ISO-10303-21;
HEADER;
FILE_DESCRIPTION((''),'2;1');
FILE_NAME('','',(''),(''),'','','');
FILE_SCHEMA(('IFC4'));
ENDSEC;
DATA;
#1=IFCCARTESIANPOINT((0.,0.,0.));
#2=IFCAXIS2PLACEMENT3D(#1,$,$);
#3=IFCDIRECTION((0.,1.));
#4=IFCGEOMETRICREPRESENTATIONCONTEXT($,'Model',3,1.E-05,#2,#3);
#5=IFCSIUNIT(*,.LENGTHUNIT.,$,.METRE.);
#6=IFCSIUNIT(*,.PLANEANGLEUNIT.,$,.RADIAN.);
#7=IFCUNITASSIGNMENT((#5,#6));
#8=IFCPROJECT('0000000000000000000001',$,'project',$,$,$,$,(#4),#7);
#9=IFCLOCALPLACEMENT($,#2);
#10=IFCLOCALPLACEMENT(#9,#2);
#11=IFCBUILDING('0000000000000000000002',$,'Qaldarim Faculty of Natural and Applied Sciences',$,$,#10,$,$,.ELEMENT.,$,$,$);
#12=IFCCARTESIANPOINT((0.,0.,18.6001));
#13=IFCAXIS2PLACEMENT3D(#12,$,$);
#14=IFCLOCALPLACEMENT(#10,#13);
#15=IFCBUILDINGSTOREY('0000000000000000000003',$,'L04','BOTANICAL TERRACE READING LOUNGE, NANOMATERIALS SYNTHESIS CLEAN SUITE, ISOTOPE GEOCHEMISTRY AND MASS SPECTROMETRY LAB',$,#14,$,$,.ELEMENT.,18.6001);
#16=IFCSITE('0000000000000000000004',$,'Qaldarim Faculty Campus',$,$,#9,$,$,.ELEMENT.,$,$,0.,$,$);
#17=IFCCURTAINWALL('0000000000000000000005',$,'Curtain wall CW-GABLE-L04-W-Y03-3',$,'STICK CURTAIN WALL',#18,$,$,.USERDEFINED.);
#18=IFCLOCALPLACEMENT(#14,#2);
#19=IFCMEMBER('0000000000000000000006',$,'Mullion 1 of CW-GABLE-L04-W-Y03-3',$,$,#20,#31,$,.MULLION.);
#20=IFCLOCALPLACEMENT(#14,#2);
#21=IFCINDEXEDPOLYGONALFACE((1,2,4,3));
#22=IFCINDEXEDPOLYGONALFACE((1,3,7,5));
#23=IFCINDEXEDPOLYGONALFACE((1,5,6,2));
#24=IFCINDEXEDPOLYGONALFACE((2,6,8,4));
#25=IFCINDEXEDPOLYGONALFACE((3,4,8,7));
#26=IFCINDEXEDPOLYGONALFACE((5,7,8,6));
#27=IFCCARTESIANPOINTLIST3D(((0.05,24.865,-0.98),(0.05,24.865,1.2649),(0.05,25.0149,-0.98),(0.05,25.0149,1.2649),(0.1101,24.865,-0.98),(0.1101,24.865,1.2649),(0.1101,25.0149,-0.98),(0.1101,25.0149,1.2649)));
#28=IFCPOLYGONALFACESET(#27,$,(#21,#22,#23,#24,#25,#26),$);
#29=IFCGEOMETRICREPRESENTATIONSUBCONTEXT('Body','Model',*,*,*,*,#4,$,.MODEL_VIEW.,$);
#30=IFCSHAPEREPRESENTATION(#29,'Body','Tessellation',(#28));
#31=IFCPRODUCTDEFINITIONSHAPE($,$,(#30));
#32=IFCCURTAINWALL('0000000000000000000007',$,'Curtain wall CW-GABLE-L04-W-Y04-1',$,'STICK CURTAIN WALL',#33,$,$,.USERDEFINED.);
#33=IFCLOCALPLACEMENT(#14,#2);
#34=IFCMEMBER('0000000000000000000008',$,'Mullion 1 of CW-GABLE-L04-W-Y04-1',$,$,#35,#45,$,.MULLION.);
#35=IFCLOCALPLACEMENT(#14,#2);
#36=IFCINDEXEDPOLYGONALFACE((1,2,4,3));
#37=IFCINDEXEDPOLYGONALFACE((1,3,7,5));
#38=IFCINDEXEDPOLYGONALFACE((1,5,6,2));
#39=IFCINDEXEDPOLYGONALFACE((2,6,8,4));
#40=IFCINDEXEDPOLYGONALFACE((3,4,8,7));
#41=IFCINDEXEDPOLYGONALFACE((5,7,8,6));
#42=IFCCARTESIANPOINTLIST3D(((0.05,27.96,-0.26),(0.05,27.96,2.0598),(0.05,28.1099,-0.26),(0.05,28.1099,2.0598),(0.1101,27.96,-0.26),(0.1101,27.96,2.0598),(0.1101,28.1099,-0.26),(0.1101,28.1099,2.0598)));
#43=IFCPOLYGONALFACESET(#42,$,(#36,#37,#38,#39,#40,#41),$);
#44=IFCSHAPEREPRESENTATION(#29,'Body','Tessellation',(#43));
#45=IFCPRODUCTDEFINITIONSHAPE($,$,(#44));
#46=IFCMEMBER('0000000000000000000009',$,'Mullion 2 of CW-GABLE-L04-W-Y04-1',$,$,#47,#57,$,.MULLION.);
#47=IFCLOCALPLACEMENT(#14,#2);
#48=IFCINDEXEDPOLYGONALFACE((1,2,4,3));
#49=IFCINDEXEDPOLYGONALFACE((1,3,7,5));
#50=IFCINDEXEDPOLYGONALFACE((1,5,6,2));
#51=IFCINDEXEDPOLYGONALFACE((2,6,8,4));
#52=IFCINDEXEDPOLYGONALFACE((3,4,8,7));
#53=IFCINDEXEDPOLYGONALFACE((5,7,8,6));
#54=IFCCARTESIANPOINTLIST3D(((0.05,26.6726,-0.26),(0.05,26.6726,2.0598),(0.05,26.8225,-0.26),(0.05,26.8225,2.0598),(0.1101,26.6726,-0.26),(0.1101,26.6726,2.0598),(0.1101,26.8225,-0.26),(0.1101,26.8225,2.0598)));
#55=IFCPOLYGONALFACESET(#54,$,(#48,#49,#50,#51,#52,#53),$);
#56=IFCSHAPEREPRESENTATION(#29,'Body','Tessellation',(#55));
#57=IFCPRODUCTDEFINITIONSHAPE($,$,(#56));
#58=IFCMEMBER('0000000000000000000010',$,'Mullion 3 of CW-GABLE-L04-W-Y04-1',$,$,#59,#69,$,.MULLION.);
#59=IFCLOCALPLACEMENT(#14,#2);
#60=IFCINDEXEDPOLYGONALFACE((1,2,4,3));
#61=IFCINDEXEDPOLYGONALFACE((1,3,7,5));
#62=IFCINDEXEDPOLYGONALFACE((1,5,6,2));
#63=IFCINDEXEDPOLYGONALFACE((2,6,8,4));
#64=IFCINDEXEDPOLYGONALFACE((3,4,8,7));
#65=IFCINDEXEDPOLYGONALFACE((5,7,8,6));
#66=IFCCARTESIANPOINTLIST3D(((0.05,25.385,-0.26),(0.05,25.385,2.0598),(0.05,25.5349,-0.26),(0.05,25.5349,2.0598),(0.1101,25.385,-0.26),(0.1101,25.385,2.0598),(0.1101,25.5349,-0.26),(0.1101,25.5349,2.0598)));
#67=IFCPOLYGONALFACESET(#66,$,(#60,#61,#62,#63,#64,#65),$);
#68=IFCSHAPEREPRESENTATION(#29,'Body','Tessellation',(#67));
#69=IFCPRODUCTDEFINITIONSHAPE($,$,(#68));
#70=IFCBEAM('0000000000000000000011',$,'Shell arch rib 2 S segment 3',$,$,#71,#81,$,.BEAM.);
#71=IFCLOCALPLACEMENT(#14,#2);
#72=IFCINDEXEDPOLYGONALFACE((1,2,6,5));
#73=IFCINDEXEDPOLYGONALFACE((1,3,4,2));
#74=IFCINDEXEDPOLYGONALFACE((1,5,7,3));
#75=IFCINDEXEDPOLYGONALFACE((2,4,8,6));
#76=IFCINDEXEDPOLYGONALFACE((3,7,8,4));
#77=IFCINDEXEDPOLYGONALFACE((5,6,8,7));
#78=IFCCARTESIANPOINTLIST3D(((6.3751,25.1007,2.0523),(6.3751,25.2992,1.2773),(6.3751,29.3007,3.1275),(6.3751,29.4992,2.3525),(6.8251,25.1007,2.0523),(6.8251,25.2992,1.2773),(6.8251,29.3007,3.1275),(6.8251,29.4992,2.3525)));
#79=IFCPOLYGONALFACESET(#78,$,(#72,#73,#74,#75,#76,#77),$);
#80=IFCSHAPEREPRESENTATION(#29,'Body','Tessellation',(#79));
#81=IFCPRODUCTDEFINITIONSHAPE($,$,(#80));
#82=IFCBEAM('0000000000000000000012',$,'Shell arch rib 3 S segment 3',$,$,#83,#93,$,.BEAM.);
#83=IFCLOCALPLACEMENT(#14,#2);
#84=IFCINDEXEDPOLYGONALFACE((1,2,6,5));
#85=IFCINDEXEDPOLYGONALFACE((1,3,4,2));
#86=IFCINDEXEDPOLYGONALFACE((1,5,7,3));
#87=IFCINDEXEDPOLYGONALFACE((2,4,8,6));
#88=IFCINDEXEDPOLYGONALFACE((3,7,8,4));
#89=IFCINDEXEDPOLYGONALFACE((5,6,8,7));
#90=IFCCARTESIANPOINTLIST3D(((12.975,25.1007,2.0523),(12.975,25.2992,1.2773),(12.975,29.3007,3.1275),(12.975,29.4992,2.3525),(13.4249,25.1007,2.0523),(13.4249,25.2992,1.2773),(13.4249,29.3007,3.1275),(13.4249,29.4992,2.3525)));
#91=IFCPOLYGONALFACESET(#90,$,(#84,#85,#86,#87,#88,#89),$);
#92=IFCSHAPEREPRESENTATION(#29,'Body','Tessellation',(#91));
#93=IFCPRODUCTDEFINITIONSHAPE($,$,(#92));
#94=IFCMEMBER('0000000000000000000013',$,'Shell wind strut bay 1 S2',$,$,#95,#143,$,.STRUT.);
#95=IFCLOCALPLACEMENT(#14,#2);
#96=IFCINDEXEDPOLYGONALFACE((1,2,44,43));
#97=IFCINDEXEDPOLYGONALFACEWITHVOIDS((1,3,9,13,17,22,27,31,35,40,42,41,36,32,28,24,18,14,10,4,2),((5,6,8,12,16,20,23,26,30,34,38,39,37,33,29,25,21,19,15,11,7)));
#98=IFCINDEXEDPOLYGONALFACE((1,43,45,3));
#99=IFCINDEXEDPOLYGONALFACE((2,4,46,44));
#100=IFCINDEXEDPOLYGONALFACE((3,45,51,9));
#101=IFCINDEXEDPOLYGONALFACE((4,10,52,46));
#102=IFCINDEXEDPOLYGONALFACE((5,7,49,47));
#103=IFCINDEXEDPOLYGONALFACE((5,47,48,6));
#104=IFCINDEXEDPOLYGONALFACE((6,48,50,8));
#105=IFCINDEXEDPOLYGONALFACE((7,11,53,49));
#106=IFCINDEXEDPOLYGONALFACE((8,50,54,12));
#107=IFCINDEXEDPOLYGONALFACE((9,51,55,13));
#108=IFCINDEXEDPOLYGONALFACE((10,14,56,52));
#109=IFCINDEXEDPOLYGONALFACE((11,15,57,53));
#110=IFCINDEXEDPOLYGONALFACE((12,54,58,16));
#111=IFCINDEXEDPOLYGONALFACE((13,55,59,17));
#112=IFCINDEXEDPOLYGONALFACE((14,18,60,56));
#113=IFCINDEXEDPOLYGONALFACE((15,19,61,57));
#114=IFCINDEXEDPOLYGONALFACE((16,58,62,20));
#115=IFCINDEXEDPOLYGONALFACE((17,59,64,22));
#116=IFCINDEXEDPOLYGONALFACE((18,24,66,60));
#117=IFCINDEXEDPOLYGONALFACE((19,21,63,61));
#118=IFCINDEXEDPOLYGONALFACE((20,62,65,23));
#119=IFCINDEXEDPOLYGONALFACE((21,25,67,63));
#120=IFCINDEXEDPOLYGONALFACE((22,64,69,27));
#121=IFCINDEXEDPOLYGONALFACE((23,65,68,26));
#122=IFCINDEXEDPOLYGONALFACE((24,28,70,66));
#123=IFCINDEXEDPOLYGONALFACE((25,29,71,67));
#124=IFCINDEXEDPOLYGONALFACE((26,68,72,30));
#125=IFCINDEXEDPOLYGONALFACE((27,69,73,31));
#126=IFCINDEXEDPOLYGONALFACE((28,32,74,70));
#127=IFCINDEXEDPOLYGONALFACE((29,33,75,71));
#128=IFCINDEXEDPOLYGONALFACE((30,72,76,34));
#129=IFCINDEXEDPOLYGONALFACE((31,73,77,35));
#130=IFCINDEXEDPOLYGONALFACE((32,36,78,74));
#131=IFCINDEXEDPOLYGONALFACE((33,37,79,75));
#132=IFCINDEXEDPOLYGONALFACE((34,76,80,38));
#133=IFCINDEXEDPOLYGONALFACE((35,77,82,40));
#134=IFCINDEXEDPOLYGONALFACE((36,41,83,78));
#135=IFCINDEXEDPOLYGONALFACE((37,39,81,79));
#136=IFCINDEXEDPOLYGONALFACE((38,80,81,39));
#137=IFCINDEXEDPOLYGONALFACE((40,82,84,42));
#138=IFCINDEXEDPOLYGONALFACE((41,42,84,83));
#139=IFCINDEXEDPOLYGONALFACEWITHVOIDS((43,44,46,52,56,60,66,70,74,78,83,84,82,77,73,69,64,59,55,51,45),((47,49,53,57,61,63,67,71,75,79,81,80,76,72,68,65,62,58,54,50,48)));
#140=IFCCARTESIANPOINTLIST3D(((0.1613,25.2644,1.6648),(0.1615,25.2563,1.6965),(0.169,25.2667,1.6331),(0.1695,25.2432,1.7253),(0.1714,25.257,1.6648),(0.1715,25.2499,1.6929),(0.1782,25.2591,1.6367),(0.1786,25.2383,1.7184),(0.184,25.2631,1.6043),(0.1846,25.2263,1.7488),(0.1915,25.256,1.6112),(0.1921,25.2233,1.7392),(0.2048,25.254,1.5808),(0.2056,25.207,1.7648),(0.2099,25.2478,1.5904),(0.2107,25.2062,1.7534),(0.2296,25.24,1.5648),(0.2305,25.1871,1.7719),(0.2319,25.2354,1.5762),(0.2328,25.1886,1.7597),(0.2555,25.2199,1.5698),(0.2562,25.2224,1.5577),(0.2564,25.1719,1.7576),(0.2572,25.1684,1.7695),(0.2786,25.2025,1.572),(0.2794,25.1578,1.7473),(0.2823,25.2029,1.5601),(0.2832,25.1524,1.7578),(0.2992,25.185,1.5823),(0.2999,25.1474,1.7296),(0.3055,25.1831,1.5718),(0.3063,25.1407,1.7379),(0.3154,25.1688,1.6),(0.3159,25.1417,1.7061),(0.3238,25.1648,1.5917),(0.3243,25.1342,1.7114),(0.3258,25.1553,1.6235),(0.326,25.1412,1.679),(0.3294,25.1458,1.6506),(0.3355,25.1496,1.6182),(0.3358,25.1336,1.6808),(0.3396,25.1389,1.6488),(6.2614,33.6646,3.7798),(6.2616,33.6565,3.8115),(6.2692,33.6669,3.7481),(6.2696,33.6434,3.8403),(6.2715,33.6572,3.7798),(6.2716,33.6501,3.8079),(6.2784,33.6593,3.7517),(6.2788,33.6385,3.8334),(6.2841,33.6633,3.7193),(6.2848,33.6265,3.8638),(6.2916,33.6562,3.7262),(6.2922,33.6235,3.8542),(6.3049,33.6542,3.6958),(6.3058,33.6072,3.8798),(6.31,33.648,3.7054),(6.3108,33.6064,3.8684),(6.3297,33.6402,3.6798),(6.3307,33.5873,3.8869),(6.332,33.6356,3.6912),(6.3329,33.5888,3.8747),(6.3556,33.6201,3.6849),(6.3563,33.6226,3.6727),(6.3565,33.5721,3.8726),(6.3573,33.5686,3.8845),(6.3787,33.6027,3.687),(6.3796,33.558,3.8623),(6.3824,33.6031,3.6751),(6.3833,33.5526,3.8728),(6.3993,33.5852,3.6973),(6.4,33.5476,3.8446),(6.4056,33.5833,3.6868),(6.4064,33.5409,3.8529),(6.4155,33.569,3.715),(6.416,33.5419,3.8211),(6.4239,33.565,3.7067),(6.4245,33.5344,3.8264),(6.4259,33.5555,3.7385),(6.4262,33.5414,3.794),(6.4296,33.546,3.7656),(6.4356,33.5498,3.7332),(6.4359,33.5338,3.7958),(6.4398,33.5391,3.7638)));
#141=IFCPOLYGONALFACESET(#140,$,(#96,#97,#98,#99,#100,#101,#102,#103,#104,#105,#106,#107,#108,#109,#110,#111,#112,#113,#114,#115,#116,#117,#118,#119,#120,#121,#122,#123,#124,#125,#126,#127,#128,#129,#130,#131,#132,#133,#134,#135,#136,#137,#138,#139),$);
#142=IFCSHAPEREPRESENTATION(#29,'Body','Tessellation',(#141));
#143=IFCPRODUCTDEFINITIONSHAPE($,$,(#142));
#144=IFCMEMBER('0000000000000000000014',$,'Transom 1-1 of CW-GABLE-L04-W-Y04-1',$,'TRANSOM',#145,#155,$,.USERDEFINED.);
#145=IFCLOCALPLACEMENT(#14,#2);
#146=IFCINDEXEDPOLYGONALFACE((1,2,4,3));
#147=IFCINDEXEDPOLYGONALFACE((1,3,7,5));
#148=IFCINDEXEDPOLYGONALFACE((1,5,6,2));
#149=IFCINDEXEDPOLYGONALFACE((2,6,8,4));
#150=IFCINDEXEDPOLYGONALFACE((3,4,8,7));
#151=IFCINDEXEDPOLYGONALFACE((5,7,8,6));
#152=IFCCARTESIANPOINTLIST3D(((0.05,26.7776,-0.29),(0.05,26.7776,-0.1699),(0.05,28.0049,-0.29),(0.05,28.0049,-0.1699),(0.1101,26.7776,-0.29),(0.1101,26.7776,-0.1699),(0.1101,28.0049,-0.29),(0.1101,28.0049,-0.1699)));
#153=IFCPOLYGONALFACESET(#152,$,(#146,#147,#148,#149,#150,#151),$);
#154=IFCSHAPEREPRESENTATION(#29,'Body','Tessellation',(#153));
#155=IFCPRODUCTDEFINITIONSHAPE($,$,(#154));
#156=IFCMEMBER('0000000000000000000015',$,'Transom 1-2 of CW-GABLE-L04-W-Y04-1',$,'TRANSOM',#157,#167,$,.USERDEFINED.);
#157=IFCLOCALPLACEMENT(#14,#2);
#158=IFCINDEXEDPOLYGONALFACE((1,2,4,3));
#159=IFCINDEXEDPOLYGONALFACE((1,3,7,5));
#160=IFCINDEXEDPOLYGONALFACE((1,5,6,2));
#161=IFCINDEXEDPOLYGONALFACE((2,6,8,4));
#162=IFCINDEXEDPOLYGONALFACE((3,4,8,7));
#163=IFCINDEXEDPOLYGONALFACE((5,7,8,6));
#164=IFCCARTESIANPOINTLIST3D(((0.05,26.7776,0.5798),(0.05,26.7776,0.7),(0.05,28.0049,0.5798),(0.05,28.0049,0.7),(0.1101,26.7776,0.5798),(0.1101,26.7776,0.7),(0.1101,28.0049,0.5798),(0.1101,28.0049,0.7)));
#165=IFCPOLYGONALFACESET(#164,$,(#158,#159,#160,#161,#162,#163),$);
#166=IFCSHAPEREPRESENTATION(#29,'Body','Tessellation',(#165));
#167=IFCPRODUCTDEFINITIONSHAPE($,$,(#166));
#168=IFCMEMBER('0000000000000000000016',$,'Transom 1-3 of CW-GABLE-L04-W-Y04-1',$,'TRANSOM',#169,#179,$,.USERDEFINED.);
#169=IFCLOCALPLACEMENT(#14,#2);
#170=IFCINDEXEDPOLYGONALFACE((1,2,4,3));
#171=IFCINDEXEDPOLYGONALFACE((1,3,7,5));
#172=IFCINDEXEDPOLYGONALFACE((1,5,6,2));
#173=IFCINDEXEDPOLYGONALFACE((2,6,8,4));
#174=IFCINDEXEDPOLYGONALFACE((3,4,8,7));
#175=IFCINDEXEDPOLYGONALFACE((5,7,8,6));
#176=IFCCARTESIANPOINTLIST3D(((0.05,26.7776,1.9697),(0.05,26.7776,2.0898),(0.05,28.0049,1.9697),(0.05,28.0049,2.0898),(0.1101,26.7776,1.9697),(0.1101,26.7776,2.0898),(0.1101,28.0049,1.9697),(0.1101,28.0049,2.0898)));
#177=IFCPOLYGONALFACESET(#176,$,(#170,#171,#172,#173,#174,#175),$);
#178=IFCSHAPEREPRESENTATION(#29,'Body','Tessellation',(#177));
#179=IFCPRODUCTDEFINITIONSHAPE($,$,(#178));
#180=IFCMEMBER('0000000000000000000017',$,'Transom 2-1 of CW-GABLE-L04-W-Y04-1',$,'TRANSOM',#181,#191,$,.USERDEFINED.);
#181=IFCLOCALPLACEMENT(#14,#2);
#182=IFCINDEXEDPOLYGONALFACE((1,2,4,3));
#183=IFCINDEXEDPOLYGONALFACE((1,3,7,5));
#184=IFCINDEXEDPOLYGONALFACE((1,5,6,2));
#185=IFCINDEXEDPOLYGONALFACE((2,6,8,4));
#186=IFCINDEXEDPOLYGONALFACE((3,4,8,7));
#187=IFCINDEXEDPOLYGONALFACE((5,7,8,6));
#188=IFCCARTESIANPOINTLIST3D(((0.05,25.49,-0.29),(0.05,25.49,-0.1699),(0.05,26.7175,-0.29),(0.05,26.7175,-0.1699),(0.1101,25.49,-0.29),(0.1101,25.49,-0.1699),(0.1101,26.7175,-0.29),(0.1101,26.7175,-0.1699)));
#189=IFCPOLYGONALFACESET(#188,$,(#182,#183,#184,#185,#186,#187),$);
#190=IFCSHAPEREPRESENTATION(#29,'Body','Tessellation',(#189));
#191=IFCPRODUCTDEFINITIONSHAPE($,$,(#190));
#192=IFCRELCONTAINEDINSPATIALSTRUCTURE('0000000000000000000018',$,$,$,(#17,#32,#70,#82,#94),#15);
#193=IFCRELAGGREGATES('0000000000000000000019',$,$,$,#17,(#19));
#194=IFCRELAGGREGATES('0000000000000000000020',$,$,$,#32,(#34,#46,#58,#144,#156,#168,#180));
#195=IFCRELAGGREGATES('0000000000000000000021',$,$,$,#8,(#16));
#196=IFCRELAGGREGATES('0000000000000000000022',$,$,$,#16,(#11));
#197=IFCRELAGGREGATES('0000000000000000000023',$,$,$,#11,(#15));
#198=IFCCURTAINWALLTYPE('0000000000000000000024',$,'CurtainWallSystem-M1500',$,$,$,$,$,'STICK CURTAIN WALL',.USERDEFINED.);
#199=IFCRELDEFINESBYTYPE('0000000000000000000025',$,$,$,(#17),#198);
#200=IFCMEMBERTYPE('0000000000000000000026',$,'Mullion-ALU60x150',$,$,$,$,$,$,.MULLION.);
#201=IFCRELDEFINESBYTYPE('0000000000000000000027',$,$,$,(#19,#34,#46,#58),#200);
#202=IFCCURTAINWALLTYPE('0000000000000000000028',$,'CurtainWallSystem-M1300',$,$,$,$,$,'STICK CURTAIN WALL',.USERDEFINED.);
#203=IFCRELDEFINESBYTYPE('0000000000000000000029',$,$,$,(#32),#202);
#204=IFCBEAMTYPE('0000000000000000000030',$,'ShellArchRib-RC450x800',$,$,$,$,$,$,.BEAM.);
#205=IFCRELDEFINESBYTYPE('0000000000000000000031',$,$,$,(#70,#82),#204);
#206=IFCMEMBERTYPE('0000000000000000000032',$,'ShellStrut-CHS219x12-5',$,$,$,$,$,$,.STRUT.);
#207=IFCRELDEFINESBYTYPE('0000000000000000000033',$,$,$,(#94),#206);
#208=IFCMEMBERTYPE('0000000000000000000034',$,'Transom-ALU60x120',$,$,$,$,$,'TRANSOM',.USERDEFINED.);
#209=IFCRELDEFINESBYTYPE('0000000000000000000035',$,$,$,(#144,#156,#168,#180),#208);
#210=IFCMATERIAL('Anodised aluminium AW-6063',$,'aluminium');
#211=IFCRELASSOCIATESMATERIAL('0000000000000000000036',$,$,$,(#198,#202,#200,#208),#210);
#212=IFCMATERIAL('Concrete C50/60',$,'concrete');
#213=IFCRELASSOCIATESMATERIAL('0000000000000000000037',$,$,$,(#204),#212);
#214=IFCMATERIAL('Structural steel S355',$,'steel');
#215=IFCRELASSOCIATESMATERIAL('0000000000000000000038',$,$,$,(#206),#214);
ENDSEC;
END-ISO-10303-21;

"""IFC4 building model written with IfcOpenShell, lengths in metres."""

from ifc_helpers import new_model, si_unit, direction, frame, origin, origin_2d, place, context, subcontext, project, spatial, rectangle, hollow_circle, extrude, material, material_profile, profile_set, type_object, element, aggregate, save


model = new_model("IFC4")

# Units and contexts
model_context = context("Model", 3, precision=1e-05, world=origin(), true_north=direction((0.0, 1.0)))
body_context = subcontext(model_context, "Body", "Model", "MODEL_VIEW")
ifc_project = project(units=[si_unit("LENGTHUNIT", "METRE"), si_unit("PLANEANGLEUNIT", "RADIAN")], contexts=[model_context])

# Site, building, storey
site_placement = place(None, origin())
site = spatial("IfcSite", under=ifc_project, at=site_placement, Name="Qaldarim Faculty Campus", CompositionType="ELEMENT", RefElevation=0.0)
building_placement = place(site_placement, origin())
building = spatial("IfcBuilding", under=site, at=building_placement, Name="Qaldarim Faculty of Natural and Applied Sciences", CompositionType="ELEMENT")
storey_placement = place(building_placement, frame((0.0, 0.0, 18.6001)))
storey = spatial("IfcBuildingStorey", under=building, at=storey_placement, Name="L04", Description="BOTANICAL TERRACE READING LOUNGE, NANOMATERIALS SYNTHESIS CLEAN SUITE, ISOTOPE GEOCHEMISTRY AND MASS SPECTROMETRY LAB", CompositionType="ELEMENT", Elevation=18.6001)

# Curtain wall, member
ifc_material_1 = material(Name="Anodised aluminium AW-6063", Category="aluminium")
curtain_wall_type_1 = type_object("IfcCurtainWallType", Name="CurtainWallSystem-M1500", ElementType="STICK CURTAIN WALL", PredefinedType="USERDEFINED", material=ifc_material_1)
curtain_wall_1_placement = place(storey_placement, origin())
curtain_wall_1 = element("IfcCurtainWall", 1, at=curtain_wall_1_placement, inside=storey, type_object=curtain_wall_type_1, Name="Curtain wall CW-GABLE-L04-W-Y03-3", ObjectType="STICK CURTAIN WALL", PredefinedType="USERDEFINED")
ifc_material_profile_1 = material_profile(ifc_material_1, rectangle(XDim=0.0601, YDim=0.1499, at=origin_2d()), Name="ALU-M60x150")
ifc_profile_set_1 = profile_set([ifc_material_profile_1], Name="Anodised aluminium AW-6063")
member_type_1 = type_object("IfcMemberType", Name="Mullion-ALU60x150", PredefinedType="MULLION", material=ifc_profile_set_1)
member_1_placement = place(storey_placement, frame((0.0801, 24.9399, -0.98), z_axis=(0.0, 0.0, 1.0), x_axis=(1.0, 0.0, 0.0)))
member_1 = element("IfcMember", 2, at=member_1_placement, type_object=member_type_1, Name="Mullion 1 of CW-GABLE-L04-W-Y03-3", PredefinedType="MULLION", context=body_context, shape_type="SweptSolid", body=[
    extrude(rectangle(XDim=0.0601, YDim=0.1499, at=origin_2d()), origin(), (0.0, 0.0, 1.0), 2.2449),
])
aggregate(curtain_wall_1, [member_1])

# Curtain wall, members
curtain_wall_type_2 = type_object("IfcCurtainWallType", Name="CurtainWallSystem-M1300", ElementType="STICK CURTAIN WALL", PredefinedType="USERDEFINED", material=ifc_material_1)
curtain_wall_2_placement = place(storey_placement, origin())
curtain_wall_2 = element("IfcCurtainWall", 3, at=curtain_wall_2_placement, inside=storey, type_object=curtain_wall_type_2, Name="Curtain wall CW-GABLE-L04-W-Y04-1", ObjectType="STICK CURTAIN WALL", PredefinedType="USERDEFINED")
member_2_placement = place(storey_placement, frame((0.0801, 28.0349, -0.26), z_axis=(0.0, 0.0, 1.0), x_axis=(1.0, 0.0, 0.0)))
member_2 = element("IfcMember", 4, at=member_2_placement, type_object=member_type_1, Name="Mullion 1 of CW-GABLE-L04-W-Y04-1", PredefinedType="MULLION", context=body_context, shape_type="SweptSolid", body=[
    extrude(rectangle(XDim=0.0601, YDim=0.1499, at=origin_2d()), origin(), (0.0, 0.0, 1.0), 2.3198),
])
member_3_placement = place(storey_placement, frame((0.0801, 26.7476, -0.26), z_axis=(0.0, 0.0, 1.0), x_axis=(1.0, 0.0, 0.0)))
member_3 = element("IfcMember", 5, at=member_3_placement, type_object=member_type_1, Name="Mullion 2 of CW-GABLE-L04-W-Y04-1", PredefinedType="MULLION", context=body_context, shape_type="SweptSolid", body=[
    extrude(rectangle(XDim=0.0601, YDim=0.1499, at=origin_2d()), origin(), (0.0, 0.0, 1.0), 2.3198),
])
member_4_placement = place(storey_placement, frame((0.0801, 25.46, -0.26), z_axis=(0.0, 0.0, 1.0), x_axis=(1.0, 0.0, 0.0)))
member_4 = element("IfcMember", 6, at=member_4_placement, type_object=member_type_1, Name="Mullion 3 of CW-GABLE-L04-W-Y04-1", PredefinedType="MULLION", context=body_context, shape_type="SweptSolid", body=[
    extrude(rectangle(XDim=0.0601, YDim=0.1499, at=origin_2d()), origin(), (0.0, 0.0, 1.0), 2.3198),
])

# Beams
ifc_material_2 = material(Name="Concrete C50/60", Category="concrete")
ifc_material_profile_2 = material_profile(ifc_material_2, rectangle(XDim=0.45, YDim=0.8, at=origin_2d()), Name="RC-RIB450x800")
ifc_profile_set_2 = profile_set([ifc_material_profile_2], Name="Concrete C50/60")
beam_type = type_object("IfcBeamType", Name="ShellArchRib-RC450x800", PredefinedType="BEAM", material=ifc_profile_set_2)
for number, where, z_axis, x_axis, name in (
    (7, (6.6001, 25.2, 1.6648), (0.0, 0.968759, 0.248004), (-1.0, 0.0, 0.0), "Shell arch rib 2 S segment 3"),
    (8, (13.2, 25.2, 1.6648), (0.0, 0.968759, 0.248004), (-1.0, 0.0, 0.0), "Shell arch rib 3 S segment 3"),
):
    element("IfcBeam", number, at=place(storey_placement, frame(where, z_axis=z_axis, x_axis=x_axis)), inside=storey, type_object=beam_type, Name=name, PredefinedType="BEAM", context=body_context, shape_type="SweptSolid", body=[
        extrude(rectangle(XDim=0.45, YDim=0.8, at=origin_2d()), origin(), (0.0, 0.0, 1.0), 4.3354),
    ])

# Members
ifc_material_3 = material(Name="Structural steel S355", Category="steel")
ifc_material_profile_3 = material_profile(ifc_material_3, hollow_circle(Radius=0.1096, WallThickness=0.0125, at=origin_2d()), Name="CHS 219.1x12.5")
ifc_profile_set_3 = profile_set([ifc_material_profile_3], Name="Structural steel S355")
member_type_2 = type_object("IfcMemberType", Name="ShellStrut-CHS219x12-5", PredefinedType="STRUT", material=ifc_profile_set_3)
member_5_placement = place(storey_placement, frame((0.25, 25.2, 1.6648), z_axis=(0.575771, 0.792866, 0.199628), x_axis=(-0.809153, 0.587598, 0.0)))
element("IfcMember", 9, at=member_5_placement, inside=storey, type_object=member_type_2, Name="Shell wind strut bay 1 S2", PredefinedType="STRUT", context=body_context, shape_type="SweptSolid", body=[
    extrude(hollow_circle(Radius=0.1096, WallThickness=0.0125, at=origin_2d()), origin(), (0.0, 0.0, 1.0), 10.5947),
])
ifc_material_profile_4 = material_profile(ifc_material_1, rectangle(XDim=0.0601, YDim=0.1201, at=origin_2d()), Name="ALU-T60x120")
ifc_profile_set_4 = profile_set([ifc_material_profile_4], Name="Anodised aluminium AW-6063")
member_type_3 = type_object("IfcMemberType", Name="Transom-ALU60x120", ElementType="TRANSOM", PredefinedType="USERDEFINED", material=ifc_profile_set_4)
member_6_placement = place(storey_placement, frame((0.0801, 28.0049, -0.23), z_axis=(0.0, -1.0, 0.0), x_axis=(1.0, 0.0, 0.0)))
member_6 = element("IfcMember", 10, at=member_6_placement, type_object=member_type_3, Name="Transom 1-1 of CW-GABLE-L04-W-Y04-1", ObjectType="TRANSOM", PredefinedType="USERDEFINED", context=body_context, shape_type="SweptSolid", body=[
    extrude(rectangle(XDim=0.0601, YDim=0.1201, at=origin_2d()), origin(), (0.0, 0.0, 1.0), 1.2273),
])
member_7_placement = place(storey_placement, frame((0.0801, 28.0049, 0.6399), z_axis=(0.0, -1.0, 0.0), x_axis=(1.0, 0.0, 0.0)))
member_7 = element("IfcMember", 11, at=member_7_placement, type_object=member_type_3, Name="Transom 1-2 of CW-GABLE-L04-W-Y04-1", ObjectType="TRANSOM", PredefinedType="USERDEFINED", context=body_context, shape_type="SweptSolid", body=[
    extrude(rectangle(XDim=0.0601, YDim=0.1201, at=origin_2d()), origin(), (0.0, 0.0, 1.0), 1.2273),
])
member_8_placement = place(storey_placement, frame((0.0801, 28.0049, 2.0298), z_axis=(0.0, -1.0, 0.0), x_axis=(1.0, 0.0, 0.0)))
member_8 = element("IfcMember", 12, at=member_8_placement, type_object=member_type_3, Name="Transom 1-3 of CW-GABLE-L04-W-Y04-1", ObjectType="TRANSOM", PredefinedType="USERDEFINED", context=body_context, shape_type="SweptSolid", body=[
    extrude(rectangle(XDim=0.0601, YDim=0.1201, at=origin_2d()), origin(), (0.0, 0.0, 1.0), 1.2273),
])
member_9_placement = place(storey_placement, frame((0.0801, 26.7175, -0.23), z_axis=(0.0, -1.0, 0.0), x_axis=(1.0, 0.0, 0.0)))
member_9 = element("IfcMember", 13, at=member_9_placement, type_object=member_type_3, Name="Transom 2-1 of CW-GABLE-L04-W-Y04-1", ObjectType="TRANSOM", PredefinedType="USERDEFINED", context=body_context, shape_type="SweptSolid", body=[
    extrude(rectangle(XDim=0.0601, YDim=0.1201, at=origin_2d()), origin(), (0.0, 0.0, 1.0), 1.2275),
])

aggregate(curtain_wall_2, [member_2, member_3, member_4, member_6, member_7, member_8, member_9])

save(model, "model.ifc")
